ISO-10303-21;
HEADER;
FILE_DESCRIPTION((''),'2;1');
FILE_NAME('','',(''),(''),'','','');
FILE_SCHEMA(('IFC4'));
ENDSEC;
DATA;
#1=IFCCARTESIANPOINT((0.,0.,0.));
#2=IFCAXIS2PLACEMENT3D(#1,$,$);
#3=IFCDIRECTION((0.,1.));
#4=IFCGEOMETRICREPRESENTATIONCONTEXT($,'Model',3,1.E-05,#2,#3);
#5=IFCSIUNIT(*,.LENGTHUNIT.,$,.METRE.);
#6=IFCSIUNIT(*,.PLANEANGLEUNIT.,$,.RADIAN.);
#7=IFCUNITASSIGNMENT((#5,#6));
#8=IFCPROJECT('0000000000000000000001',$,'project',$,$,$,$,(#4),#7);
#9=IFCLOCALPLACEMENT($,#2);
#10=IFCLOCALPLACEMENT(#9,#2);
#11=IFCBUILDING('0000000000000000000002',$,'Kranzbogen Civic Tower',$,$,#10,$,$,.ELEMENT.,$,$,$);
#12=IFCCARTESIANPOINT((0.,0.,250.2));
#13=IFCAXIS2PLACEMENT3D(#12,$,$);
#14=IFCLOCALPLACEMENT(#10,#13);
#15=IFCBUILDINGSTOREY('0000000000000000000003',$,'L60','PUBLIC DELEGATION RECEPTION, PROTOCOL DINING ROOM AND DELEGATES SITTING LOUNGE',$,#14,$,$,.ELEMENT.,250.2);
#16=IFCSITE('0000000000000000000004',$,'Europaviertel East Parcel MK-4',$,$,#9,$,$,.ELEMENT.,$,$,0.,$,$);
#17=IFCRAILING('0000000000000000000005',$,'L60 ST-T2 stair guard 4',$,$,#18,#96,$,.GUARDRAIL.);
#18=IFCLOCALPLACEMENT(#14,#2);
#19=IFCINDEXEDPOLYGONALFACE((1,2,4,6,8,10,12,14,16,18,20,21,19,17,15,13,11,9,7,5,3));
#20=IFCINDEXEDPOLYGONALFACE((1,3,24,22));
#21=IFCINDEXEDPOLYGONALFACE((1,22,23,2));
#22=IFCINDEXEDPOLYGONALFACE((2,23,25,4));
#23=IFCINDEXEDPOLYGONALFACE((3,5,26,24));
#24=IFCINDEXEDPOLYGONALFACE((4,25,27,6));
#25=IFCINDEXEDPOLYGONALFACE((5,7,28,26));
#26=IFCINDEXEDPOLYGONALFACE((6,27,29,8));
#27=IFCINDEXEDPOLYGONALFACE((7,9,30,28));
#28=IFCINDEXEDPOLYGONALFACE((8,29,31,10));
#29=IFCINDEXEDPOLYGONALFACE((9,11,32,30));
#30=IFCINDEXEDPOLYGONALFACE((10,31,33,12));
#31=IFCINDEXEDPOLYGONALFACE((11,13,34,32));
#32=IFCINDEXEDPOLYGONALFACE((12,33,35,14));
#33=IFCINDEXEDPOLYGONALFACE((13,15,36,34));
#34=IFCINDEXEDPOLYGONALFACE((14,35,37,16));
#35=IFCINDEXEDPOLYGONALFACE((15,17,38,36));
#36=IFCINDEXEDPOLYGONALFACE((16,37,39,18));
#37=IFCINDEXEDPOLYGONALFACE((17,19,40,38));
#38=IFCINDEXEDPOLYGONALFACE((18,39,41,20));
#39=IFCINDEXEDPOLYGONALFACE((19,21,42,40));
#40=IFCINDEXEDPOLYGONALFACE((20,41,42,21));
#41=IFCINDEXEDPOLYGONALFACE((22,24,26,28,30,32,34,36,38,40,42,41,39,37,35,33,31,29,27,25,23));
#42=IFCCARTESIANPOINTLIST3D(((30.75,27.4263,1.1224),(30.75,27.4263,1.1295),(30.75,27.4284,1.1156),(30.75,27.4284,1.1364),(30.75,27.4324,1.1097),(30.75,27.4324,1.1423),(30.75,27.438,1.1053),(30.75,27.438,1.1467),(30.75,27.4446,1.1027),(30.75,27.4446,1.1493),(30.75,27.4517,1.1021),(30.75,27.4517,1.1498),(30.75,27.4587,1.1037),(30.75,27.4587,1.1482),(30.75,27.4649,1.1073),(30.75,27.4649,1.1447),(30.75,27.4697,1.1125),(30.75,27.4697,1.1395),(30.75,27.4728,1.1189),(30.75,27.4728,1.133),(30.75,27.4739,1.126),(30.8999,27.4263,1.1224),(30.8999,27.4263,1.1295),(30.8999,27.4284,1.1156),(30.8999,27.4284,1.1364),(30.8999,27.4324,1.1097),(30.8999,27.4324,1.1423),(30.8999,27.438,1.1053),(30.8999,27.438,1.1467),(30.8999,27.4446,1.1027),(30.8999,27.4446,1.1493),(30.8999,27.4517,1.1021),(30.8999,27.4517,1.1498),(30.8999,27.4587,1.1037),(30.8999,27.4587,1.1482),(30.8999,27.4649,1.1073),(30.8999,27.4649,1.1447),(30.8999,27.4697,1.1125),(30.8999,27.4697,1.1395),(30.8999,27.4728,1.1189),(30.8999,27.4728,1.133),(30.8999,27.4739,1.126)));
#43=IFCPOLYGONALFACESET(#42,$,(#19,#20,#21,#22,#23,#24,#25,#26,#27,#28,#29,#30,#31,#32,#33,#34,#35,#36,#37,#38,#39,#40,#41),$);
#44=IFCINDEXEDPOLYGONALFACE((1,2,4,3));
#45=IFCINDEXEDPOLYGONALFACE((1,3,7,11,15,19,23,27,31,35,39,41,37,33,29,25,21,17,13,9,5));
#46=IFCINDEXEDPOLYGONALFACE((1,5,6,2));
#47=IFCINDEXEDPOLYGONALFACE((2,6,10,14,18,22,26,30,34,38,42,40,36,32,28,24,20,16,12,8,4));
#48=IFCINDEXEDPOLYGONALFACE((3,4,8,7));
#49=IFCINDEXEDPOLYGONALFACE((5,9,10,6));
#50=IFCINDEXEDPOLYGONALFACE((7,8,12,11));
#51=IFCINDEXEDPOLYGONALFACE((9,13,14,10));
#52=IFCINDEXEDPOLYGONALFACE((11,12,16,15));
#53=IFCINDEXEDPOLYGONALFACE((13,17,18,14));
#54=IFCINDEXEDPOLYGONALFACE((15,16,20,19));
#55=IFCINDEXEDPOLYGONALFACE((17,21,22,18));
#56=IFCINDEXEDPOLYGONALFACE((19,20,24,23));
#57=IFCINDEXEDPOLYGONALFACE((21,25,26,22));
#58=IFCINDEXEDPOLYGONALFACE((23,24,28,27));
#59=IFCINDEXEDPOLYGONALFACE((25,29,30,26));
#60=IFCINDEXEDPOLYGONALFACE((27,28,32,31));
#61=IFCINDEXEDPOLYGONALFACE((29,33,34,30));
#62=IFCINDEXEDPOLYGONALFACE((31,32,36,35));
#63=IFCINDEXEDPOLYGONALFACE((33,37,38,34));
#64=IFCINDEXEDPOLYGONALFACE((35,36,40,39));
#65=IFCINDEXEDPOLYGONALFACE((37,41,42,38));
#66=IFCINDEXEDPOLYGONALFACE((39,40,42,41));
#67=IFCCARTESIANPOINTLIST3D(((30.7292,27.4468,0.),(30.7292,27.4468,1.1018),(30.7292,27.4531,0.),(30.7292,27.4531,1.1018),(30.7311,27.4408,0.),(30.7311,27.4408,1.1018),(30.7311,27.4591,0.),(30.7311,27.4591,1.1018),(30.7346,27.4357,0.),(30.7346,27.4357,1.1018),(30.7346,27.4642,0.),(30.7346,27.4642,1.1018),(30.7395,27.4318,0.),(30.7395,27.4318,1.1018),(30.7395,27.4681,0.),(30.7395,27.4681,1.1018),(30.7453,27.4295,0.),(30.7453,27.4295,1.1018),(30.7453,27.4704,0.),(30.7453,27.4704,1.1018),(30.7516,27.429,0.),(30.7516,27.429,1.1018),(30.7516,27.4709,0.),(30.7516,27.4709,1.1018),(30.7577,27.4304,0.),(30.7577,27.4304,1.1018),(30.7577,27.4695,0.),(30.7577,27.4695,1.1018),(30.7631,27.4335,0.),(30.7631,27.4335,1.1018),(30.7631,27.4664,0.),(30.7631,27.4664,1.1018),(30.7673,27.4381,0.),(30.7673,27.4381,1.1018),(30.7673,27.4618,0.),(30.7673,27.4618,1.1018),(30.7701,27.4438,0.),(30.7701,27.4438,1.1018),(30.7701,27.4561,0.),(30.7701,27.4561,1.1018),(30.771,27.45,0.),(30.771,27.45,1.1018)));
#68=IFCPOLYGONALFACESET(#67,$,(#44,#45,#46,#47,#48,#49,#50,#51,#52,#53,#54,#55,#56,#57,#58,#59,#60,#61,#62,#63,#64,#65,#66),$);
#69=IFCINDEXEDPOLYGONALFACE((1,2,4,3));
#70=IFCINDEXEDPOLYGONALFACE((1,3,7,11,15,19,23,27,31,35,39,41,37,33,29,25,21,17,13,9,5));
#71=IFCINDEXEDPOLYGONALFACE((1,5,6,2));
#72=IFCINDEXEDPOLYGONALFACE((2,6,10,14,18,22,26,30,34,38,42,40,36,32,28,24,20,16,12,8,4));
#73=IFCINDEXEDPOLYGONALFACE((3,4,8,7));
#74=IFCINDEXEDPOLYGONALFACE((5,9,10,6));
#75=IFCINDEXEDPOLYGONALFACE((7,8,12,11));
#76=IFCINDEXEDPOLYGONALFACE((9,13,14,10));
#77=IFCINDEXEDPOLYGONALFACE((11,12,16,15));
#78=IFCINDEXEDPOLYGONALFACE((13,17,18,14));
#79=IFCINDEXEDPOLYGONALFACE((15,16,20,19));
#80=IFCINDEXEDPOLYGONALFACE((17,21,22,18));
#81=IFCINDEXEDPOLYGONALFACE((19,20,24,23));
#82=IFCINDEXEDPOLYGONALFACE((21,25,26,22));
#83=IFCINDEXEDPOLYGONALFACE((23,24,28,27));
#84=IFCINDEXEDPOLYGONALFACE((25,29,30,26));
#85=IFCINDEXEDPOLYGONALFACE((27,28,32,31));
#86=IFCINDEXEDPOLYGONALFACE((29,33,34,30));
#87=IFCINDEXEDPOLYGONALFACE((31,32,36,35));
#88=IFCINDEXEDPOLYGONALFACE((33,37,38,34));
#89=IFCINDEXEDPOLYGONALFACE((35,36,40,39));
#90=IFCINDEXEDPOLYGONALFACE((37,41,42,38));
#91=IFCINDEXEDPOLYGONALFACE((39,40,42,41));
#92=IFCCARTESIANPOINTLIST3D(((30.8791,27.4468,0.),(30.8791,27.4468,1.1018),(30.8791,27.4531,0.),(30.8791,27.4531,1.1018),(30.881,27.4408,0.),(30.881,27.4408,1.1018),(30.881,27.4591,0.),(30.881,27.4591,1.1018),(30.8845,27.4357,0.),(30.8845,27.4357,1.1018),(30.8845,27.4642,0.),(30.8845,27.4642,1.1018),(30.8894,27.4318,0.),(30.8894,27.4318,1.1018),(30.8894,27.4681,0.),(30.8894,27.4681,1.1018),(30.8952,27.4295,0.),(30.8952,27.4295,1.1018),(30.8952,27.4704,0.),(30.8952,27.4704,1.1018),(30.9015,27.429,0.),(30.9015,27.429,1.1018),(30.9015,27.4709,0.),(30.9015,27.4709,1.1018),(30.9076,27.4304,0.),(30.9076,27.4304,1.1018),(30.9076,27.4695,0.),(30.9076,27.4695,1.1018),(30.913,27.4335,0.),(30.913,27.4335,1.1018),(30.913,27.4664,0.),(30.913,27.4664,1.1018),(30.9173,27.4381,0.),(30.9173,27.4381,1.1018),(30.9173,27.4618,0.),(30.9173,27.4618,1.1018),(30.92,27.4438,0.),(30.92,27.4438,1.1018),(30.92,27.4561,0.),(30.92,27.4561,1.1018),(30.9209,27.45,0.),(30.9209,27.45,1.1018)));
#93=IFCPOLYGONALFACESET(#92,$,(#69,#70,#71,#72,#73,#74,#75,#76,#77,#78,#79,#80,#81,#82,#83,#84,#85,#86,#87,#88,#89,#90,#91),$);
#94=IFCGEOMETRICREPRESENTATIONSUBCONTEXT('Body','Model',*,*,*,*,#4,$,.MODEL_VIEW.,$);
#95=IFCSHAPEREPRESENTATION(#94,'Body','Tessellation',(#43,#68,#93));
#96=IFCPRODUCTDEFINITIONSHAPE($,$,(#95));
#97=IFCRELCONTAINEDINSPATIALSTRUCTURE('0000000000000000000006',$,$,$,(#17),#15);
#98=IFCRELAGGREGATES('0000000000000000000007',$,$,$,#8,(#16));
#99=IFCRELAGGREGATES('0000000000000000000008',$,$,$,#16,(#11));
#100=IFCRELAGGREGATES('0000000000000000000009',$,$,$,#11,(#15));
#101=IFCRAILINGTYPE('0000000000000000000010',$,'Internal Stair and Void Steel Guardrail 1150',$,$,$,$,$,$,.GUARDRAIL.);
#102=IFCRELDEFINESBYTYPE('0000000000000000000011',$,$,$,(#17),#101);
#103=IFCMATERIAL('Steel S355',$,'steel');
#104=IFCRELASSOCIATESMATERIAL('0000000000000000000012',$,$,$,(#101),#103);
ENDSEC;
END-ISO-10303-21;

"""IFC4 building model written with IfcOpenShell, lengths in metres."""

from ifc_helpers import new_model, si_unit, direction, frame, origin, origin_2d, place, context, subcontext, project, spatial, circle, extrude, material, type_object, element, save


model = new_model("IFC4")

# Units and contexts
model_context = context("Model", 3, precision=1e-05, world=origin(), true_north=direction((0.0, 1.0)))
body_context = subcontext(model_context, "Body", "Model", "MODEL_VIEW")
ifc_project = project(units=[si_unit("LENGTHUNIT", "METRE"), si_unit("PLANEANGLEUNIT", "RADIAN")], contexts=[model_context])

# Site, building, storey
site_placement = place(None, origin())
site = spatial("IfcSite", under=ifc_project, at=site_placement, Name="Europaviertel East Parcel MK-4", CompositionType="ELEMENT", RefElevation=0.0)
building_placement = place(site_placement, origin())
building = spatial("IfcBuilding", under=site, at=building_placement, Name="Kranzbogen Civic Tower", CompositionType="ELEMENT")
storey_placement = place(building_placement, frame((0.0, 0.0, 250.2)))
storey = spatial("IfcBuildingStorey", under=building, at=storey_placement, Name="L60", Description="PUBLIC DELEGATION RECEPTION, PROTOCOL DINING ROOM AND DELEGATES SITTING LOUNGE", CompositionType="ELEMENT", Elevation=250.2)

# Shared definitions
ifc_material_1 = material(Name="Steel S355", Category="steel")

# Railing
railing_type_1 = type_object("IfcRailingType", Name="Internal Stair and Void Steel Guardrail 1150", PredefinedType="GUARDRAIL", material=ifc_material_1)
railing_1_placement = place(storey_placement, frame((30.75, 27.45, 0.0)))
element("IfcRailing", 1, at=railing_1_placement, inside=storey, type_object=railing_type_1, Name="L60 ST-T2 stair guard 4", PredefinedType="GUARDRAIL", context=body_context, shape_type="SweptSolid", body=[
    extrude(circle(Radius=0.0239, at=origin_2d()), frame((0.0, 0.0, 1.126), z_axis=(1.0, 0.0, 0.0), x_axis=(0.0, 1.0, 0.0)), (0.0, 0.0, 1.0), 0.1499),
    extrude(circle(Radius=0.021, at=origin_2d()), origin(), (0.0, 0.0, 1.0), 1.1018),
    extrude(circle(Radius=0.021, at=origin_2d()), frame((0.1499, 0.0, 0.0)), (0.0, 0.0, 1.0), 1.1018),
])

save(model, "model.ifc")
